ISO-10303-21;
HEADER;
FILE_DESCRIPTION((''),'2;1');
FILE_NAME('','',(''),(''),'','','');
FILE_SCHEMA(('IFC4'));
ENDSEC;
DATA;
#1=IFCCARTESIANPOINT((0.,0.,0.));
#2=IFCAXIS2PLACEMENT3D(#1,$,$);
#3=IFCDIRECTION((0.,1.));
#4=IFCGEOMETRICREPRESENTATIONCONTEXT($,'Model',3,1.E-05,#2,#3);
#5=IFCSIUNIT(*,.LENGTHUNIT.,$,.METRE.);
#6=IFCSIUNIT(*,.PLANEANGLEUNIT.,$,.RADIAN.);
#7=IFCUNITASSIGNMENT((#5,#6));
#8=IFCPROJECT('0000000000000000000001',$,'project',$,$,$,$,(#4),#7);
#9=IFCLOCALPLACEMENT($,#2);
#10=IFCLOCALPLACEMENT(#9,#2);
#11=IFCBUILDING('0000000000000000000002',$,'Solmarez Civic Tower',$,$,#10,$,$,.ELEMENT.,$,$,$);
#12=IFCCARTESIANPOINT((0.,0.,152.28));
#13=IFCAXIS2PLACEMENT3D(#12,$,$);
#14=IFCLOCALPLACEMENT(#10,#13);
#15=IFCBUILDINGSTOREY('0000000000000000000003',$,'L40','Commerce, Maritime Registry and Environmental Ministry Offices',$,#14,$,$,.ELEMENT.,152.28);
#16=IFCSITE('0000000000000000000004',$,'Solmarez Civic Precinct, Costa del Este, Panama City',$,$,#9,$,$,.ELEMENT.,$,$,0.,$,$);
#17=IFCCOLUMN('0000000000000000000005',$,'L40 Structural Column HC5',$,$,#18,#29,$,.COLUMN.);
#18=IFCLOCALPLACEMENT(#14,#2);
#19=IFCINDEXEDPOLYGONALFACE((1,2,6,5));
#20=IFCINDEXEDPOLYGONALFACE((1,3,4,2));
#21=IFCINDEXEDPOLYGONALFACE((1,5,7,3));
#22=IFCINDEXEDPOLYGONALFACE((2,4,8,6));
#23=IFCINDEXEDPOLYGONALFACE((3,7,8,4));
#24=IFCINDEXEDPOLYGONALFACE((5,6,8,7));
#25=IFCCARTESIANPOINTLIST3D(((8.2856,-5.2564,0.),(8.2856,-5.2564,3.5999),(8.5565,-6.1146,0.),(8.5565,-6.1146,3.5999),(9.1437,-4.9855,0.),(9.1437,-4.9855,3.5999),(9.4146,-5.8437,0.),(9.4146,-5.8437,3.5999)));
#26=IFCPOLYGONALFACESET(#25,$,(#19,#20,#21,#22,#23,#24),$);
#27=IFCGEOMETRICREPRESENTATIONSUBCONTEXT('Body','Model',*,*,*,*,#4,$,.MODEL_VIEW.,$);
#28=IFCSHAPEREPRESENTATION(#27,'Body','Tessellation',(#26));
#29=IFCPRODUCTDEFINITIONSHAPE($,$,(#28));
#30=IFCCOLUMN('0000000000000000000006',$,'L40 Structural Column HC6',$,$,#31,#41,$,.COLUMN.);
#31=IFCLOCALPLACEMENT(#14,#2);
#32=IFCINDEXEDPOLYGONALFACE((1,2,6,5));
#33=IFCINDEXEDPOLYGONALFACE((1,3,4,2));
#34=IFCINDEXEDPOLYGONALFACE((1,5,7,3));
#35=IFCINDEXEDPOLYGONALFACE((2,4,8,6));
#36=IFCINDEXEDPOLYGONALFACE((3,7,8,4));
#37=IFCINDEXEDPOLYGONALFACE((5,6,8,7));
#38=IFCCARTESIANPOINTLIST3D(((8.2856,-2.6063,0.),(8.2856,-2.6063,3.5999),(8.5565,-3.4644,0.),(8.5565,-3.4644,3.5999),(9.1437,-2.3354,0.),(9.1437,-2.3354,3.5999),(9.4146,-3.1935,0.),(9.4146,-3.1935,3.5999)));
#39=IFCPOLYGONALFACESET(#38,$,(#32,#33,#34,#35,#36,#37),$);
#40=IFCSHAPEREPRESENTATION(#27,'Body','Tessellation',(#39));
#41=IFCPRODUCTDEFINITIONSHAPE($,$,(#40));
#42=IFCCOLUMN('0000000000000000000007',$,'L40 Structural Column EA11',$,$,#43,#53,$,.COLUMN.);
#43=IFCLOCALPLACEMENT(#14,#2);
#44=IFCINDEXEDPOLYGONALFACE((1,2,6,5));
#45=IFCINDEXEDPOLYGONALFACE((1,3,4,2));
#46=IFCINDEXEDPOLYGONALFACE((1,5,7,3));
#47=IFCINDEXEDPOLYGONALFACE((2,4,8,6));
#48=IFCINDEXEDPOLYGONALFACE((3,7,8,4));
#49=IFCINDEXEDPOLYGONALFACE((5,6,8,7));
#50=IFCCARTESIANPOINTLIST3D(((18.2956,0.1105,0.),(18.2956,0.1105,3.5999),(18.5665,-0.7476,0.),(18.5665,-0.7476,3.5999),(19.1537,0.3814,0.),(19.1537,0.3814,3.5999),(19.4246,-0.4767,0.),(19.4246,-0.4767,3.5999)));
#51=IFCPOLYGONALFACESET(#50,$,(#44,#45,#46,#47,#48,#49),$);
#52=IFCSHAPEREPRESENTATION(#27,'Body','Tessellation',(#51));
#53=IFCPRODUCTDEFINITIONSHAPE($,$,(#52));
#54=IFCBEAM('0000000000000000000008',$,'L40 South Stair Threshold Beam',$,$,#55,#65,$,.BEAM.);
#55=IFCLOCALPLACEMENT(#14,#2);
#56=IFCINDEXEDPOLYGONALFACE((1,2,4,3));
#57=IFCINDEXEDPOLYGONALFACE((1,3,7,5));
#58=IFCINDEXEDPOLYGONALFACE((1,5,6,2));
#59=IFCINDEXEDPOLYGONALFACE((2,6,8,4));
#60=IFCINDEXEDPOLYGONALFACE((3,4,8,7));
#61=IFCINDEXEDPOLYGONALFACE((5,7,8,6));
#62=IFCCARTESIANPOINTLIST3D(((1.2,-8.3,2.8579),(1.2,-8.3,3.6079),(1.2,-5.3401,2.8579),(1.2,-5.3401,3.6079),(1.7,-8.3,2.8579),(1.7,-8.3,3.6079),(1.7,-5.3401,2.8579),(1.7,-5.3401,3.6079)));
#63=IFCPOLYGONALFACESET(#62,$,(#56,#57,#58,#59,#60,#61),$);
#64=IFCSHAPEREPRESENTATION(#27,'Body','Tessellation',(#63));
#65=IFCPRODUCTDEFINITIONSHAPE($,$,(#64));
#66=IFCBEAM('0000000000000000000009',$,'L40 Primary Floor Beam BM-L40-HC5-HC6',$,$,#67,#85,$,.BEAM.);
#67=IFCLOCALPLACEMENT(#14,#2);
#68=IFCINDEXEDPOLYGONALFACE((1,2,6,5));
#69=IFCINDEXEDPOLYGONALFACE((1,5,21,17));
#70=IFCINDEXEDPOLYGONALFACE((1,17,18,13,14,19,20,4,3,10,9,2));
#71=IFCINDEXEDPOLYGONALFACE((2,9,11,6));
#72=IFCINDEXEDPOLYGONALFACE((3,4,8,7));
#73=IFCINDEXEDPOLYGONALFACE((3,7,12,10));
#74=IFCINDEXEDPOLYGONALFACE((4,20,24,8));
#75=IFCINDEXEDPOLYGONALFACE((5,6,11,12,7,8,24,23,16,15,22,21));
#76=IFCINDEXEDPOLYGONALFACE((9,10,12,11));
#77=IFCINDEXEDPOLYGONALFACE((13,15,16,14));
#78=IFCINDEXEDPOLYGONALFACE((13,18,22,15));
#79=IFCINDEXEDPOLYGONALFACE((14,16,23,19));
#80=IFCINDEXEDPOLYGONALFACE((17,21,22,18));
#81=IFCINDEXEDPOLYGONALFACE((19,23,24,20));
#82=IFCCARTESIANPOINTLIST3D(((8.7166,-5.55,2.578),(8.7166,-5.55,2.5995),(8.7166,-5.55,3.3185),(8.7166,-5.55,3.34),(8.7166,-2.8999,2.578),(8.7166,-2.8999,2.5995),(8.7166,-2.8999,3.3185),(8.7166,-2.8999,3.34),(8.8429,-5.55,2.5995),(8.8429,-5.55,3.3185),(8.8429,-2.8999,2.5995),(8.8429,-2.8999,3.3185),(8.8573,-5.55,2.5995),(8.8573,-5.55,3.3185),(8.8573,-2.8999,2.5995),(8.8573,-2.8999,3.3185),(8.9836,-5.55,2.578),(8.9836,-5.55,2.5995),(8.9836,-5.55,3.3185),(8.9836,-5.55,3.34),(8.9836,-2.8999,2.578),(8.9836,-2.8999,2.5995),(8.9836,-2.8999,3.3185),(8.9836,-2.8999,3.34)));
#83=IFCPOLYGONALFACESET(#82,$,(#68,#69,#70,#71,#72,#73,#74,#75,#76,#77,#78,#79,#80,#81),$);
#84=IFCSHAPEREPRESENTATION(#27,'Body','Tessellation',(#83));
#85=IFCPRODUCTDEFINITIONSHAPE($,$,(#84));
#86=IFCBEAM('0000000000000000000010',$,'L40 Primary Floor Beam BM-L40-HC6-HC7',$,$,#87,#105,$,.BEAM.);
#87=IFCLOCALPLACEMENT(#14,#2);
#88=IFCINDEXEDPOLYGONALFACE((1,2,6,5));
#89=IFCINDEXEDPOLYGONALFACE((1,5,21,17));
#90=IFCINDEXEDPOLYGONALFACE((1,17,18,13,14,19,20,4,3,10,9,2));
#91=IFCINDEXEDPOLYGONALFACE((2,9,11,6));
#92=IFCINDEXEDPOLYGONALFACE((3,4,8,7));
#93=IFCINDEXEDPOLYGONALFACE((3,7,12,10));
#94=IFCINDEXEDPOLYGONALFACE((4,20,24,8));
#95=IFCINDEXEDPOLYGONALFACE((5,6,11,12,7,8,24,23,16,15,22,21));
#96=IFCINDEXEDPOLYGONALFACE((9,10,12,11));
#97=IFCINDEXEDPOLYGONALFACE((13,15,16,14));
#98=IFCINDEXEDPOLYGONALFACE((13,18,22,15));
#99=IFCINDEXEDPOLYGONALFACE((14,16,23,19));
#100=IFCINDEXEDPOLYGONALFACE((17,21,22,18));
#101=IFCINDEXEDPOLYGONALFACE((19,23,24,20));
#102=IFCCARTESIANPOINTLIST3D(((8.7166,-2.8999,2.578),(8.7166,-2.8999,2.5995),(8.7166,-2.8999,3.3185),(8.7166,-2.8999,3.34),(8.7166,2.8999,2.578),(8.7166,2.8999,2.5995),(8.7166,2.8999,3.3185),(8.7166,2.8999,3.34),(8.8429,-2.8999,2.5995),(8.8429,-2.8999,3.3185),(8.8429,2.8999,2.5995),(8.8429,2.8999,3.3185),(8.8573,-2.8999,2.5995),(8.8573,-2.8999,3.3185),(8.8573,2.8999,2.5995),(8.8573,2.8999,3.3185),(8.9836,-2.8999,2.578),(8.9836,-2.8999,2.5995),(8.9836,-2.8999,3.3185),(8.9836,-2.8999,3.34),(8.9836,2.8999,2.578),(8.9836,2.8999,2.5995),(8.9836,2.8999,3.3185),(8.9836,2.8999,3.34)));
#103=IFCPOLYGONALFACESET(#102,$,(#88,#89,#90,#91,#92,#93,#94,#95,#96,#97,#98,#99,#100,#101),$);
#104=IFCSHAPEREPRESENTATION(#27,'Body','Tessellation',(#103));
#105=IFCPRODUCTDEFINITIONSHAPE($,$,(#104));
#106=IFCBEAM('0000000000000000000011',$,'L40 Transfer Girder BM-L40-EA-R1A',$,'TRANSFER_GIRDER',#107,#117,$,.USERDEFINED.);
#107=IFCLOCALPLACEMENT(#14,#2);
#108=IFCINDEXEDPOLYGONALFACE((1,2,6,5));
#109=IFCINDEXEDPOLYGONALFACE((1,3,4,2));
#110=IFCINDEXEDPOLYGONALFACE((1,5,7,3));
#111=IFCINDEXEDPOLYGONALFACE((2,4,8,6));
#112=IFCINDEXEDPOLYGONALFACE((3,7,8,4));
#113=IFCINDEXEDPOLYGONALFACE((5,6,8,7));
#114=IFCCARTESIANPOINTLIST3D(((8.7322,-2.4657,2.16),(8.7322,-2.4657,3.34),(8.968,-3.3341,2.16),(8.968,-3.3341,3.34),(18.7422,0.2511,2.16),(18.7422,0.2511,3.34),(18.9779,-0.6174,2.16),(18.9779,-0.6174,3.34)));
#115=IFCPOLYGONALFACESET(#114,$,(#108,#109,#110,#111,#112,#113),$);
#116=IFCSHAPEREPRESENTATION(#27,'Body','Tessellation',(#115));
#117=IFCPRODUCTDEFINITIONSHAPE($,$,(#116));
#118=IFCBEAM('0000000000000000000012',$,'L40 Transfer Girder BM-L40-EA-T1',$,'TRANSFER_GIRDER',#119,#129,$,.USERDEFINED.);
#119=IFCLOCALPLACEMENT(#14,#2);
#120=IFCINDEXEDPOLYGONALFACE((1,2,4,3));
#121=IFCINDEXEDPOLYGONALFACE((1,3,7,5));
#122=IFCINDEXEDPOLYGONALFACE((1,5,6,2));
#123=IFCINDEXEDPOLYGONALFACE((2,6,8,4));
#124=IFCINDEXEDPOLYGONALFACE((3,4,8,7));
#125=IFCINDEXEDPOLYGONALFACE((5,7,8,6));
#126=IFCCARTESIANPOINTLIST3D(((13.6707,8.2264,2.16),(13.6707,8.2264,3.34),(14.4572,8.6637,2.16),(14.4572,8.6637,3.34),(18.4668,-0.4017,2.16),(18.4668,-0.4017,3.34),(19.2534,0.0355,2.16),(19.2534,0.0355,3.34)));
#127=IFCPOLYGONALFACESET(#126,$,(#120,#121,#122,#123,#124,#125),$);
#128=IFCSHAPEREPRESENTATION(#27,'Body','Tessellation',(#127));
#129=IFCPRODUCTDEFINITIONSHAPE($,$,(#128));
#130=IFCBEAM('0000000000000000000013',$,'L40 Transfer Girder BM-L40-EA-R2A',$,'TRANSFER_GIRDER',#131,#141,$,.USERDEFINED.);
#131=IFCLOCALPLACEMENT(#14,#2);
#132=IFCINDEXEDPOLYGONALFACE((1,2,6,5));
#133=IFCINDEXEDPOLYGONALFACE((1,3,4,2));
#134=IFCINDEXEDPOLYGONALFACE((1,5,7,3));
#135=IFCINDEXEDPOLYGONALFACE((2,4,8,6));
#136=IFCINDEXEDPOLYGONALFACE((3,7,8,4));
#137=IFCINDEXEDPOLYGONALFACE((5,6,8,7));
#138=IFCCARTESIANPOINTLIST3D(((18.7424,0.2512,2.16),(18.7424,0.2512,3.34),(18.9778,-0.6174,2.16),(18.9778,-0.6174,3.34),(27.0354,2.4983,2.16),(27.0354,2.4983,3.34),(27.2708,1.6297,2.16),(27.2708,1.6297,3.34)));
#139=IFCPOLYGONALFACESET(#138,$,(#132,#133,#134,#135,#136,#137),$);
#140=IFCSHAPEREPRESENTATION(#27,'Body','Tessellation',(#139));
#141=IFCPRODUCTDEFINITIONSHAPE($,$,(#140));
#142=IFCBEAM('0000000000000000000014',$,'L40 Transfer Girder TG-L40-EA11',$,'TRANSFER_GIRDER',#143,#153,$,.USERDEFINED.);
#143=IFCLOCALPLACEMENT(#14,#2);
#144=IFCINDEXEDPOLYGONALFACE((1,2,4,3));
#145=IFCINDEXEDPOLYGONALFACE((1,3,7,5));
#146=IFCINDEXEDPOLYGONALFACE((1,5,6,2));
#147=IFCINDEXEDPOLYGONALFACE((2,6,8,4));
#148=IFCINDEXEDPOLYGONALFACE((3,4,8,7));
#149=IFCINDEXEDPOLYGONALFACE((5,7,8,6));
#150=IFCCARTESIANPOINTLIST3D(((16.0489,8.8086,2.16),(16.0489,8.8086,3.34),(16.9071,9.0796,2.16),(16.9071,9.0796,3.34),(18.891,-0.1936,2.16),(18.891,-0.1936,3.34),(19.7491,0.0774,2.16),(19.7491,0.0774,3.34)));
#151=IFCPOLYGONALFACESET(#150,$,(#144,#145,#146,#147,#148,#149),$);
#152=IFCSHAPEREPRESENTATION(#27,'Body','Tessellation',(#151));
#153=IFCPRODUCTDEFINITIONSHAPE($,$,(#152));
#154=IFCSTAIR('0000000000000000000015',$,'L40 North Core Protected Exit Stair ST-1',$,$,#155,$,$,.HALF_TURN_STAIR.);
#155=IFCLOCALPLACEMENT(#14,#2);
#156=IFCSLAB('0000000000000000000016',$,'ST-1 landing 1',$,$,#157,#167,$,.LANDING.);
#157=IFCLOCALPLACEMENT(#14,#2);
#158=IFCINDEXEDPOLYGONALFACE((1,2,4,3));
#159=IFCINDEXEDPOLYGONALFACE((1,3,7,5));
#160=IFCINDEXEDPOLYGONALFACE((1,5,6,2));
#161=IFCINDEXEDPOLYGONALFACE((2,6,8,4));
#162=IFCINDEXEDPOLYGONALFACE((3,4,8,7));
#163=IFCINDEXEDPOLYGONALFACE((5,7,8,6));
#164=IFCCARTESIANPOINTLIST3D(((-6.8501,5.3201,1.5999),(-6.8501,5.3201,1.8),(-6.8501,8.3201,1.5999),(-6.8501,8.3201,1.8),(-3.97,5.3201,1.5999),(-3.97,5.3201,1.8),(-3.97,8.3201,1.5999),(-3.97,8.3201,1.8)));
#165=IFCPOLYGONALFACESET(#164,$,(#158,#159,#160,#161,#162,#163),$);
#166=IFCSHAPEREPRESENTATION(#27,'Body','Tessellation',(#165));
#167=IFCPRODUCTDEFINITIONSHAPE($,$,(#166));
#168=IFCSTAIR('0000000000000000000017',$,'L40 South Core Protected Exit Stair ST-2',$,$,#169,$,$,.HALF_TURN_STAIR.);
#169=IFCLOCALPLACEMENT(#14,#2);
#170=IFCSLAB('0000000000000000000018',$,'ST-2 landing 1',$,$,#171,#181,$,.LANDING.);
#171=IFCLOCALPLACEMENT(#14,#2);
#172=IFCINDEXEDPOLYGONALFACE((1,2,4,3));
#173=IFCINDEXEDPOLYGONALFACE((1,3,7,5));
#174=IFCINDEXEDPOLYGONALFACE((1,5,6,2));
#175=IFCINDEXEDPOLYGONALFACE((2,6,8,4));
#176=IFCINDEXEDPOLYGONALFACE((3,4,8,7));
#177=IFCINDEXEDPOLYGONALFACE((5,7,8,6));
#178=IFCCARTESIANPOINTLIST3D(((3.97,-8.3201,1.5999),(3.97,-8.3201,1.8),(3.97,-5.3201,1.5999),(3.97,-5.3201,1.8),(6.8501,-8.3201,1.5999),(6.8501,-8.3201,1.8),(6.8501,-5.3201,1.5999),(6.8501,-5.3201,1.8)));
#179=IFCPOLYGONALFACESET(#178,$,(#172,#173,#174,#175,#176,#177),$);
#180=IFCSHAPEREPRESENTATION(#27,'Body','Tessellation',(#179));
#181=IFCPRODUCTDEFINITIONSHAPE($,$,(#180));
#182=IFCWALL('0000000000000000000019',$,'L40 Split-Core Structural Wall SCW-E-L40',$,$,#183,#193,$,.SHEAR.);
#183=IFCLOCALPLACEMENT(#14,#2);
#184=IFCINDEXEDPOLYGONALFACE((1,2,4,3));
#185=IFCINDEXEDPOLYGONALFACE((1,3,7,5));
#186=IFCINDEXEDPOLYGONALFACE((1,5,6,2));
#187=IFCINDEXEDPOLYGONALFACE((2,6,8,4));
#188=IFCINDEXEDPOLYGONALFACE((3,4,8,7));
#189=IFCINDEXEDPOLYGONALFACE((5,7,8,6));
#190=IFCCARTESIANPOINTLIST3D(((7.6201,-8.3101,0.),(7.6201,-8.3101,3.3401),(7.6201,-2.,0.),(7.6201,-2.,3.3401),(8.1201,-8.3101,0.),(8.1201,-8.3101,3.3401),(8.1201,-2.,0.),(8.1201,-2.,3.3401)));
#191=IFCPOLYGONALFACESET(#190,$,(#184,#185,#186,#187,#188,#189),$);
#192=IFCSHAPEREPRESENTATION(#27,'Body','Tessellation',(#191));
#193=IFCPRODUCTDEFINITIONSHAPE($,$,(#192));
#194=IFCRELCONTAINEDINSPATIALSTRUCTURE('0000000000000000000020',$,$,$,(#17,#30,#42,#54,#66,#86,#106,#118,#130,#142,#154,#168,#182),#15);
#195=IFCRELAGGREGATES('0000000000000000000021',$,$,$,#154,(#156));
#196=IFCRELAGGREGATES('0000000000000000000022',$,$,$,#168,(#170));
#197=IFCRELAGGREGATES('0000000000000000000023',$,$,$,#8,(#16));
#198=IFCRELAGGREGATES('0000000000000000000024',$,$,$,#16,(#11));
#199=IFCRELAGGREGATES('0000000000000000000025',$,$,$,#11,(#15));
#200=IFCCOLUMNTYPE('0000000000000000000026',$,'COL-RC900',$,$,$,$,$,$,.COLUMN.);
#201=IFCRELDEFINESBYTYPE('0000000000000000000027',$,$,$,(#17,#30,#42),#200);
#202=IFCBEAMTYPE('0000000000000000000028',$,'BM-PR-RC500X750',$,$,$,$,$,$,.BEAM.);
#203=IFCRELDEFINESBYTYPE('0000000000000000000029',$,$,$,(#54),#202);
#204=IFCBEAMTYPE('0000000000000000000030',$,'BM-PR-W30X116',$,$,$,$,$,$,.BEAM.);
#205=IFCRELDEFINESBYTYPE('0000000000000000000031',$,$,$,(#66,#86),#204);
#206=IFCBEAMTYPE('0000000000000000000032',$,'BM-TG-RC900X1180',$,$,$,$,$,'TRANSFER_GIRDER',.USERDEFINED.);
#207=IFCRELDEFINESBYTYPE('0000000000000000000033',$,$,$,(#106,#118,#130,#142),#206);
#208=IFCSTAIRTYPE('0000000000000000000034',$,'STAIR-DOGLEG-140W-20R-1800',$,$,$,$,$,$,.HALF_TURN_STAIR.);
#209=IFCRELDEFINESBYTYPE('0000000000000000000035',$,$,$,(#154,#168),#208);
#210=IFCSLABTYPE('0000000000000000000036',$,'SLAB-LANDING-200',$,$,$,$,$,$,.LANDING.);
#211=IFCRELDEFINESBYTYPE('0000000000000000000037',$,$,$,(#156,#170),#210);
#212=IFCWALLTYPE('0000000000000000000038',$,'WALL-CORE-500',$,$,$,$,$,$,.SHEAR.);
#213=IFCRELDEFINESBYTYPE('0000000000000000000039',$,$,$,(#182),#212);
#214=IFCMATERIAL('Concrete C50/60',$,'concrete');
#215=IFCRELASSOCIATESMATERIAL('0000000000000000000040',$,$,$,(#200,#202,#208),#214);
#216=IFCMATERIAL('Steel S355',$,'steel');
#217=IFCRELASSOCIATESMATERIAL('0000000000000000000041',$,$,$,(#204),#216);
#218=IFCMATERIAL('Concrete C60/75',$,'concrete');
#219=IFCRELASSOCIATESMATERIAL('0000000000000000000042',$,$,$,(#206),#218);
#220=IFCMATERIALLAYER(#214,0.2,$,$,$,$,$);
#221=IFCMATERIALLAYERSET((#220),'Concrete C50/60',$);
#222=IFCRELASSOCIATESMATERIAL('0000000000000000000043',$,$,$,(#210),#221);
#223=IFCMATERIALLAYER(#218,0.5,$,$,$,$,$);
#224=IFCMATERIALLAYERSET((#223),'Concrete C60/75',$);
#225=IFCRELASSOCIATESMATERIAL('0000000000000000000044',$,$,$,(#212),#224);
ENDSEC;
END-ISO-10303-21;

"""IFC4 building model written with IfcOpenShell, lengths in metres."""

from ifc_helpers import new_model, si_unit, direction, frame, frame_2d, origin, origin_2d, place, context, subcontext, project, spatial, polyline, rectangle, i_section, outline, extrude, material, layer, layer_set, material_profile, profile_set, type_object, element, aggregate, save


model = new_model("IFC4")

# Units and contexts
model_context = context("Model", 3, precision=1e-05, world=origin(), true_north=direction((0.0, 1.0)))
body_context = subcontext(model_context, "Body", "Model", "MODEL_VIEW")
ifc_project = project(units=[si_unit("LENGTHUNIT", "METRE"), si_unit("PLANEANGLEUNIT", "RADIAN")], contexts=[model_context])

# Site, building, storey
site_placement = place(None, origin())
site = spatial("IfcSite", under=ifc_project, at=site_placement, Name="Solmarez Civic Precinct, Costa del Este, Panama City", CompositionType="ELEMENT", RefElevation=0.0)
building_placement = place(site_placement, origin())
building = spatial("IfcBuilding", under=site, at=building_placement, Name="Solmarez Civic Tower", CompositionType="ELEMENT")
storey_placement = place(building_placement, frame((0.0, 0.0, 152.28)))
storey = spatial("IfcBuildingStorey", under=building, at=storey_placement, Name="L40", Description="Commerce, Maritime Registry and Environmental Ministry Offices", CompositionType="ELEMENT", Elevation=152.28)

# Columns
ifc_material_1 = material(Name="Concrete C50/60", Category="concrete")
ifc_material_profile_1 = material_profile(ifc_material_1, rectangle(XDim=0.8999, YDim=0.8999, at=origin_2d()), Name="RC900X900")
ifc_profile_set_1 = profile_set([ifc_material_profile_1], Name="Concrete C50/60")
column_type = type_object("IfcColumnType", Name="COL-RC900", PredefinedType="COLUMN", material=ifc_profile_set_1)
for number, where, z_axis, x_axis, name in (
    (1, (8.8501, -5.55, 0.0), (0.0, 0.0, 1.0), (0.953612, 0.301039, 0.0), "L40 Structural Column HC5"),
    (2, (8.8501, -2.8999, 0.0), (0.0, 0.0, 1.0), (0.953612, 0.301039, 0.0), "L40 Structural Column HC6"),
    (3, (18.8601, -0.1831, 0.0), (0.0, 0.0, 1.0), (0.953612, 0.301039, 0.0), "L40 Structural Column EA11"),
):
    element("IfcColumn", number, at=place(storey_placement, frame(where, z_axis=z_axis, x_axis=x_axis)), inside=storey, type_object=column_type, Name=name, PredefinedType="COLUMN", context=body_context, shape_type="SweptSolid", body=[
        extrude(rectangle(XDim=0.8999, YDim=0.8999, at=origin_2d()), origin(), (0.0, 0.0, 1.0), 3.5999),
    ])

# Beams
ifc_material_profile_2 = material_profile(ifc_material_1, rectangle(XDim=0.5, YDim=0.75, at=origin_2d()), Name="RC500X750")
ifc_profile_set_2 = profile_set([ifc_material_profile_2], Name="Concrete C50/60")
beam_type_1 = type_object("IfcBeamType", Name="BM-PR-RC500X750", PredefinedType="BEAM", material=ifc_profile_set_2)
beam_1_placement = place(storey_placement, frame((1.45, -8.3, 3.2329), z_axis=(0.0, 1.0, 0.0), x_axis=(-1.0, 0.0, 0.0)))
element("IfcBeam", 4, at=beam_1_placement, inside=storey, type_object=beam_type_1, Name="L40 South Stair Threshold Beam", PredefinedType="BEAM", context=body_context, shape_type="SweptSolid", body=[
    extrude(rectangle(XDim=0.5, YDim=0.75, at=origin_2d()), origin(), (0.0, 0.0, 1.0), 2.96),
])
ifc_material_2 = material(Name="Steel S355", Category="steel")
ifc_material_profile_3 = material_profile(ifc_material_2, i_section(OverallWidth=0.2671, OverallDepth=0.762, WebThickness=0.0144, FlangeThickness=0.0215, at=origin_2d()), Name="W30X116")
ifc_profile_set_3 = profile_set([ifc_material_profile_3], Name="Steel S355")
beam_type_2 = type_object("IfcBeamType", Name="BM-PR-W30X116", PredefinedType="BEAM", material=ifc_profile_set_3)
beam_2_placement = place(storey_placement, frame((8.8501, -5.55, 2.959), z_axis=(0.0, 1.0, 0.0), x_axis=(-1.0, 0.0, 0.0)))
element("IfcBeam", 5, at=beam_2_placement, inside=storey, type_object=beam_type_2, Name="L40 Primary Floor Beam BM-L40-HC5-HC6", PredefinedType="BEAM", context=body_context, shape_type="SweptSolid", body=[
    extrude(i_section(OverallWidth=0.2671, OverallDepth=0.762, WebThickness=0.0144, FlangeThickness=0.0215, at=origin_2d()), origin(), (0.0, 0.0, 1.0), 2.6501),
])
beam_3_placement = place(storey_placement, frame((8.8501, -2.8999, 2.959), z_axis=(0.0, 1.0, 0.0), x_axis=(-1.0, 0.0, 0.0)))
element("IfcBeam", 6, at=beam_3_placement, inside=storey, type_object=beam_type_2, Name="L40 Primary Floor Beam BM-L40-HC6-HC7", PredefinedType="BEAM", context=body_context, shape_type="SweptSolid", body=[
    extrude(i_section(OverallWidth=0.2671, OverallDepth=0.762, WebThickness=0.0144, FlangeThickness=0.0215, at=origin_2d()), origin(), (0.0, 0.0, 1.0), 5.7998),
])
ifc_material_3 = material(Name="Concrete C60/75", Category="concrete")
ifc_material_profile_4 = material_profile(ifc_material_3, rectangle(XDim=0.8999, YDim=1.1799, at=origin_2d()), Name="RC900X1180")
ifc_profile_set_4 = profile_set([ifc_material_profile_4], Name="Concrete C60/75")
beam_type_3 = type_object("IfcBeamType", Name="BM-TG-RC900X1180", ElementType="TRANSFER_GIRDER", PredefinedType="USERDEFINED", material=ifc_profile_set_4)
beam_4_placement = place(storey_placement, frame((8.8501, -2.8999, 2.75), z_axis=(0.965086, 0.261932, 0.0), x_axis=(-0.261932, 0.965086, 0.0)))
element("IfcBeam", 7, at=beam_4_placement, inside=storey, type_object=beam_type_3, Name="L40 Transfer Girder BM-L40-EA-R1A", ObjectType="TRANSFER_GIRDER", PredefinedType="USERDEFINED", context=body_context, shape_type="SweptSolid", body=[
    extrude(rectangle(XDim=0.8999, YDim=1.1799, at=origin_2d()), origin(), (0.0, 0.0, 1.0), 10.3721),
])
beam_5_placement = place(storey_placement, frame((18.8601, -0.1831, 2.75), z_axis=(-0.485853, 0.874041, 0.0), x_axis=(-0.874041, -0.485853, 0.0)))
element("IfcBeam", 8, at=beam_5_placement, inside=storey, type_object=beam_type_3, Name="L40 Transfer Girder BM-L40-EA-T1", ObjectType="TRANSFER_GIRDER", PredefinedType="USERDEFINED", context=body_context, shape_type="SweptSolid", body=[
    extrude(rectangle(XDim=0.8999, YDim=1.1799, at=origin_2d()), origin(), (0.0, 0.0, 1.0), 9.8716),
])
beam_6_placement = place(storey_placement, frame((18.8601, -0.1831, 2.75), z_axis=(0.965195, 0.26153, 0.0), x_axis=(-0.26153, 0.965195, 0.0)))
element("IfcBeam", 9, at=beam_6_placement, inside=storey, type_object=beam_type_3, Name="L40 Transfer Girder BM-L40-EA-R2A", ObjectType="TRANSFER_GIRDER", PredefinedType="USERDEFINED", context=body_context, shape_type="SweptSolid", body=[
    extrude(rectangle(XDim=0.8999, YDim=1.1799, at=origin_2d()), origin(), (0.0, 0.0, 1.0), 8.592),
])
beam_7_placement = place(storey_placement, frame((19.3201, -0.0581, 2.75), z_axis=(-0.301058, 0.953606, 0.0), x_axis=(-0.953606, -0.301058, 0.0)))
element("IfcBeam", 10, at=beam_7_placement, inside=storey, type_object=beam_type_3, Name="L40 Transfer Girder TG-L40-EA11", ObjectType="TRANSFER_GIRDER", PredefinedType="USERDEFINED", context=body_context, shape_type="SweptSolid", body=[
    extrude(rectangle(XDim=0.8999, YDim=1.1799, at=origin_2d()), origin(), (0.0, 0.0, 1.0), 9.4402),
])

# Stairs, slabs
stair_type = type_object("IfcStairType", Name="STAIR-DOGLEG-140W-20R-1800", PredefinedType="HALF_TURN_STAIR", material=ifc_material_1)
stair_1_placement = place(storey_placement, origin())
stair_1 = element("IfcStair", 11, at=stair_1_placement, inside=storey, type_object=stair_type, Name="L40 North Core Protected Exit Stair ST-1", PredefinedType="HALF_TURN_STAIR")
ifc_layer_1 = layer(ifc_material_1, 0.2)
ifc_layer_set_1 = layer_set([ifc_layer_1], Name="Concrete C50/60")
slab_type = type_object("IfcSlabType", Name="SLAB-LANDING-200", PredefinedType="LANDING", material=ifc_layer_set_1)
slab_1_placement = place(storey_placement, frame((0.0, 0.0, 1.5999)))
slab_1 = element("IfcSlab", 12, at=slab_1_placement, type_object=slab_type, Name="ST-1 landing 1", PredefinedType="LANDING", context=body_context, shape_type="SweptSolid", body=[
    extrude(outline(polyline([(-3.97, 8.3201), (-6.8501, 8.3201), (-6.8501, 5.3201), (-3.97, 5.3201), (-3.97, 8.3201)])), origin(), (0.0, 0.0, 1.0), 0.2002),
])
aggregate(stair_1, [slab_1])
stair_2_placement = place(storey_placement, origin())
stair_2 = element("IfcStair", 13, at=stair_2_placement, inside=storey, type_object=stair_type, Name="L40 South Core Protected Exit Stair ST-2", PredefinedType="HALF_TURN_STAIR")
slab_2_placement = place(storey_placement, frame((0.0, 0.0, 1.5999)))
slab_2 = element("IfcSlab", 14, at=slab_2_placement, type_object=slab_type, Name="ST-2 landing 1", PredefinedType="LANDING", context=body_context, shape_type="SweptSolid", body=[
    extrude(outline(polyline([(3.97, -8.3201), (6.8501, -8.3201), (6.8501, -5.3201), (3.97, -5.3201), (3.97, -8.3201)])), origin(), (0.0, 0.0, 1.0), 0.2002),
])

# Wall
ifc_layer_2 = layer(ifc_material_3, 0.5)
ifc_layer_set_2 = layer_set([ifc_layer_2], Name="Concrete C60/75")
wall_type_1 = type_object("IfcWallType", Name="WALL-CORE-500", PredefinedType="SHEAR", material=ifc_layer_set_2)
wall_1_placement = place(storey_placement, frame((7.8701, -2.0, 0.0), z_axis=(0.0, 0.0, 1.0), x_axis=(0.0, -1.0, 0.0)))
element("IfcWall", 15, at=wall_1_placement, inside=storey, type_object=wall_type_1, Name="L40 Split-Core Structural Wall SCW-E-L40", PredefinedType="SHEAR", context=body_context, shape_type="SweptSolid", body=[
    extrude(rectangle(XDim=6.3101, YDim=0.5, at=frame_2d((3.155, 0.0))), origin(), (0.0, 0.0, 1.0), 3.3401),
])

aggregate(stair_2, [slab_2])

save(model, "model.ifc")
